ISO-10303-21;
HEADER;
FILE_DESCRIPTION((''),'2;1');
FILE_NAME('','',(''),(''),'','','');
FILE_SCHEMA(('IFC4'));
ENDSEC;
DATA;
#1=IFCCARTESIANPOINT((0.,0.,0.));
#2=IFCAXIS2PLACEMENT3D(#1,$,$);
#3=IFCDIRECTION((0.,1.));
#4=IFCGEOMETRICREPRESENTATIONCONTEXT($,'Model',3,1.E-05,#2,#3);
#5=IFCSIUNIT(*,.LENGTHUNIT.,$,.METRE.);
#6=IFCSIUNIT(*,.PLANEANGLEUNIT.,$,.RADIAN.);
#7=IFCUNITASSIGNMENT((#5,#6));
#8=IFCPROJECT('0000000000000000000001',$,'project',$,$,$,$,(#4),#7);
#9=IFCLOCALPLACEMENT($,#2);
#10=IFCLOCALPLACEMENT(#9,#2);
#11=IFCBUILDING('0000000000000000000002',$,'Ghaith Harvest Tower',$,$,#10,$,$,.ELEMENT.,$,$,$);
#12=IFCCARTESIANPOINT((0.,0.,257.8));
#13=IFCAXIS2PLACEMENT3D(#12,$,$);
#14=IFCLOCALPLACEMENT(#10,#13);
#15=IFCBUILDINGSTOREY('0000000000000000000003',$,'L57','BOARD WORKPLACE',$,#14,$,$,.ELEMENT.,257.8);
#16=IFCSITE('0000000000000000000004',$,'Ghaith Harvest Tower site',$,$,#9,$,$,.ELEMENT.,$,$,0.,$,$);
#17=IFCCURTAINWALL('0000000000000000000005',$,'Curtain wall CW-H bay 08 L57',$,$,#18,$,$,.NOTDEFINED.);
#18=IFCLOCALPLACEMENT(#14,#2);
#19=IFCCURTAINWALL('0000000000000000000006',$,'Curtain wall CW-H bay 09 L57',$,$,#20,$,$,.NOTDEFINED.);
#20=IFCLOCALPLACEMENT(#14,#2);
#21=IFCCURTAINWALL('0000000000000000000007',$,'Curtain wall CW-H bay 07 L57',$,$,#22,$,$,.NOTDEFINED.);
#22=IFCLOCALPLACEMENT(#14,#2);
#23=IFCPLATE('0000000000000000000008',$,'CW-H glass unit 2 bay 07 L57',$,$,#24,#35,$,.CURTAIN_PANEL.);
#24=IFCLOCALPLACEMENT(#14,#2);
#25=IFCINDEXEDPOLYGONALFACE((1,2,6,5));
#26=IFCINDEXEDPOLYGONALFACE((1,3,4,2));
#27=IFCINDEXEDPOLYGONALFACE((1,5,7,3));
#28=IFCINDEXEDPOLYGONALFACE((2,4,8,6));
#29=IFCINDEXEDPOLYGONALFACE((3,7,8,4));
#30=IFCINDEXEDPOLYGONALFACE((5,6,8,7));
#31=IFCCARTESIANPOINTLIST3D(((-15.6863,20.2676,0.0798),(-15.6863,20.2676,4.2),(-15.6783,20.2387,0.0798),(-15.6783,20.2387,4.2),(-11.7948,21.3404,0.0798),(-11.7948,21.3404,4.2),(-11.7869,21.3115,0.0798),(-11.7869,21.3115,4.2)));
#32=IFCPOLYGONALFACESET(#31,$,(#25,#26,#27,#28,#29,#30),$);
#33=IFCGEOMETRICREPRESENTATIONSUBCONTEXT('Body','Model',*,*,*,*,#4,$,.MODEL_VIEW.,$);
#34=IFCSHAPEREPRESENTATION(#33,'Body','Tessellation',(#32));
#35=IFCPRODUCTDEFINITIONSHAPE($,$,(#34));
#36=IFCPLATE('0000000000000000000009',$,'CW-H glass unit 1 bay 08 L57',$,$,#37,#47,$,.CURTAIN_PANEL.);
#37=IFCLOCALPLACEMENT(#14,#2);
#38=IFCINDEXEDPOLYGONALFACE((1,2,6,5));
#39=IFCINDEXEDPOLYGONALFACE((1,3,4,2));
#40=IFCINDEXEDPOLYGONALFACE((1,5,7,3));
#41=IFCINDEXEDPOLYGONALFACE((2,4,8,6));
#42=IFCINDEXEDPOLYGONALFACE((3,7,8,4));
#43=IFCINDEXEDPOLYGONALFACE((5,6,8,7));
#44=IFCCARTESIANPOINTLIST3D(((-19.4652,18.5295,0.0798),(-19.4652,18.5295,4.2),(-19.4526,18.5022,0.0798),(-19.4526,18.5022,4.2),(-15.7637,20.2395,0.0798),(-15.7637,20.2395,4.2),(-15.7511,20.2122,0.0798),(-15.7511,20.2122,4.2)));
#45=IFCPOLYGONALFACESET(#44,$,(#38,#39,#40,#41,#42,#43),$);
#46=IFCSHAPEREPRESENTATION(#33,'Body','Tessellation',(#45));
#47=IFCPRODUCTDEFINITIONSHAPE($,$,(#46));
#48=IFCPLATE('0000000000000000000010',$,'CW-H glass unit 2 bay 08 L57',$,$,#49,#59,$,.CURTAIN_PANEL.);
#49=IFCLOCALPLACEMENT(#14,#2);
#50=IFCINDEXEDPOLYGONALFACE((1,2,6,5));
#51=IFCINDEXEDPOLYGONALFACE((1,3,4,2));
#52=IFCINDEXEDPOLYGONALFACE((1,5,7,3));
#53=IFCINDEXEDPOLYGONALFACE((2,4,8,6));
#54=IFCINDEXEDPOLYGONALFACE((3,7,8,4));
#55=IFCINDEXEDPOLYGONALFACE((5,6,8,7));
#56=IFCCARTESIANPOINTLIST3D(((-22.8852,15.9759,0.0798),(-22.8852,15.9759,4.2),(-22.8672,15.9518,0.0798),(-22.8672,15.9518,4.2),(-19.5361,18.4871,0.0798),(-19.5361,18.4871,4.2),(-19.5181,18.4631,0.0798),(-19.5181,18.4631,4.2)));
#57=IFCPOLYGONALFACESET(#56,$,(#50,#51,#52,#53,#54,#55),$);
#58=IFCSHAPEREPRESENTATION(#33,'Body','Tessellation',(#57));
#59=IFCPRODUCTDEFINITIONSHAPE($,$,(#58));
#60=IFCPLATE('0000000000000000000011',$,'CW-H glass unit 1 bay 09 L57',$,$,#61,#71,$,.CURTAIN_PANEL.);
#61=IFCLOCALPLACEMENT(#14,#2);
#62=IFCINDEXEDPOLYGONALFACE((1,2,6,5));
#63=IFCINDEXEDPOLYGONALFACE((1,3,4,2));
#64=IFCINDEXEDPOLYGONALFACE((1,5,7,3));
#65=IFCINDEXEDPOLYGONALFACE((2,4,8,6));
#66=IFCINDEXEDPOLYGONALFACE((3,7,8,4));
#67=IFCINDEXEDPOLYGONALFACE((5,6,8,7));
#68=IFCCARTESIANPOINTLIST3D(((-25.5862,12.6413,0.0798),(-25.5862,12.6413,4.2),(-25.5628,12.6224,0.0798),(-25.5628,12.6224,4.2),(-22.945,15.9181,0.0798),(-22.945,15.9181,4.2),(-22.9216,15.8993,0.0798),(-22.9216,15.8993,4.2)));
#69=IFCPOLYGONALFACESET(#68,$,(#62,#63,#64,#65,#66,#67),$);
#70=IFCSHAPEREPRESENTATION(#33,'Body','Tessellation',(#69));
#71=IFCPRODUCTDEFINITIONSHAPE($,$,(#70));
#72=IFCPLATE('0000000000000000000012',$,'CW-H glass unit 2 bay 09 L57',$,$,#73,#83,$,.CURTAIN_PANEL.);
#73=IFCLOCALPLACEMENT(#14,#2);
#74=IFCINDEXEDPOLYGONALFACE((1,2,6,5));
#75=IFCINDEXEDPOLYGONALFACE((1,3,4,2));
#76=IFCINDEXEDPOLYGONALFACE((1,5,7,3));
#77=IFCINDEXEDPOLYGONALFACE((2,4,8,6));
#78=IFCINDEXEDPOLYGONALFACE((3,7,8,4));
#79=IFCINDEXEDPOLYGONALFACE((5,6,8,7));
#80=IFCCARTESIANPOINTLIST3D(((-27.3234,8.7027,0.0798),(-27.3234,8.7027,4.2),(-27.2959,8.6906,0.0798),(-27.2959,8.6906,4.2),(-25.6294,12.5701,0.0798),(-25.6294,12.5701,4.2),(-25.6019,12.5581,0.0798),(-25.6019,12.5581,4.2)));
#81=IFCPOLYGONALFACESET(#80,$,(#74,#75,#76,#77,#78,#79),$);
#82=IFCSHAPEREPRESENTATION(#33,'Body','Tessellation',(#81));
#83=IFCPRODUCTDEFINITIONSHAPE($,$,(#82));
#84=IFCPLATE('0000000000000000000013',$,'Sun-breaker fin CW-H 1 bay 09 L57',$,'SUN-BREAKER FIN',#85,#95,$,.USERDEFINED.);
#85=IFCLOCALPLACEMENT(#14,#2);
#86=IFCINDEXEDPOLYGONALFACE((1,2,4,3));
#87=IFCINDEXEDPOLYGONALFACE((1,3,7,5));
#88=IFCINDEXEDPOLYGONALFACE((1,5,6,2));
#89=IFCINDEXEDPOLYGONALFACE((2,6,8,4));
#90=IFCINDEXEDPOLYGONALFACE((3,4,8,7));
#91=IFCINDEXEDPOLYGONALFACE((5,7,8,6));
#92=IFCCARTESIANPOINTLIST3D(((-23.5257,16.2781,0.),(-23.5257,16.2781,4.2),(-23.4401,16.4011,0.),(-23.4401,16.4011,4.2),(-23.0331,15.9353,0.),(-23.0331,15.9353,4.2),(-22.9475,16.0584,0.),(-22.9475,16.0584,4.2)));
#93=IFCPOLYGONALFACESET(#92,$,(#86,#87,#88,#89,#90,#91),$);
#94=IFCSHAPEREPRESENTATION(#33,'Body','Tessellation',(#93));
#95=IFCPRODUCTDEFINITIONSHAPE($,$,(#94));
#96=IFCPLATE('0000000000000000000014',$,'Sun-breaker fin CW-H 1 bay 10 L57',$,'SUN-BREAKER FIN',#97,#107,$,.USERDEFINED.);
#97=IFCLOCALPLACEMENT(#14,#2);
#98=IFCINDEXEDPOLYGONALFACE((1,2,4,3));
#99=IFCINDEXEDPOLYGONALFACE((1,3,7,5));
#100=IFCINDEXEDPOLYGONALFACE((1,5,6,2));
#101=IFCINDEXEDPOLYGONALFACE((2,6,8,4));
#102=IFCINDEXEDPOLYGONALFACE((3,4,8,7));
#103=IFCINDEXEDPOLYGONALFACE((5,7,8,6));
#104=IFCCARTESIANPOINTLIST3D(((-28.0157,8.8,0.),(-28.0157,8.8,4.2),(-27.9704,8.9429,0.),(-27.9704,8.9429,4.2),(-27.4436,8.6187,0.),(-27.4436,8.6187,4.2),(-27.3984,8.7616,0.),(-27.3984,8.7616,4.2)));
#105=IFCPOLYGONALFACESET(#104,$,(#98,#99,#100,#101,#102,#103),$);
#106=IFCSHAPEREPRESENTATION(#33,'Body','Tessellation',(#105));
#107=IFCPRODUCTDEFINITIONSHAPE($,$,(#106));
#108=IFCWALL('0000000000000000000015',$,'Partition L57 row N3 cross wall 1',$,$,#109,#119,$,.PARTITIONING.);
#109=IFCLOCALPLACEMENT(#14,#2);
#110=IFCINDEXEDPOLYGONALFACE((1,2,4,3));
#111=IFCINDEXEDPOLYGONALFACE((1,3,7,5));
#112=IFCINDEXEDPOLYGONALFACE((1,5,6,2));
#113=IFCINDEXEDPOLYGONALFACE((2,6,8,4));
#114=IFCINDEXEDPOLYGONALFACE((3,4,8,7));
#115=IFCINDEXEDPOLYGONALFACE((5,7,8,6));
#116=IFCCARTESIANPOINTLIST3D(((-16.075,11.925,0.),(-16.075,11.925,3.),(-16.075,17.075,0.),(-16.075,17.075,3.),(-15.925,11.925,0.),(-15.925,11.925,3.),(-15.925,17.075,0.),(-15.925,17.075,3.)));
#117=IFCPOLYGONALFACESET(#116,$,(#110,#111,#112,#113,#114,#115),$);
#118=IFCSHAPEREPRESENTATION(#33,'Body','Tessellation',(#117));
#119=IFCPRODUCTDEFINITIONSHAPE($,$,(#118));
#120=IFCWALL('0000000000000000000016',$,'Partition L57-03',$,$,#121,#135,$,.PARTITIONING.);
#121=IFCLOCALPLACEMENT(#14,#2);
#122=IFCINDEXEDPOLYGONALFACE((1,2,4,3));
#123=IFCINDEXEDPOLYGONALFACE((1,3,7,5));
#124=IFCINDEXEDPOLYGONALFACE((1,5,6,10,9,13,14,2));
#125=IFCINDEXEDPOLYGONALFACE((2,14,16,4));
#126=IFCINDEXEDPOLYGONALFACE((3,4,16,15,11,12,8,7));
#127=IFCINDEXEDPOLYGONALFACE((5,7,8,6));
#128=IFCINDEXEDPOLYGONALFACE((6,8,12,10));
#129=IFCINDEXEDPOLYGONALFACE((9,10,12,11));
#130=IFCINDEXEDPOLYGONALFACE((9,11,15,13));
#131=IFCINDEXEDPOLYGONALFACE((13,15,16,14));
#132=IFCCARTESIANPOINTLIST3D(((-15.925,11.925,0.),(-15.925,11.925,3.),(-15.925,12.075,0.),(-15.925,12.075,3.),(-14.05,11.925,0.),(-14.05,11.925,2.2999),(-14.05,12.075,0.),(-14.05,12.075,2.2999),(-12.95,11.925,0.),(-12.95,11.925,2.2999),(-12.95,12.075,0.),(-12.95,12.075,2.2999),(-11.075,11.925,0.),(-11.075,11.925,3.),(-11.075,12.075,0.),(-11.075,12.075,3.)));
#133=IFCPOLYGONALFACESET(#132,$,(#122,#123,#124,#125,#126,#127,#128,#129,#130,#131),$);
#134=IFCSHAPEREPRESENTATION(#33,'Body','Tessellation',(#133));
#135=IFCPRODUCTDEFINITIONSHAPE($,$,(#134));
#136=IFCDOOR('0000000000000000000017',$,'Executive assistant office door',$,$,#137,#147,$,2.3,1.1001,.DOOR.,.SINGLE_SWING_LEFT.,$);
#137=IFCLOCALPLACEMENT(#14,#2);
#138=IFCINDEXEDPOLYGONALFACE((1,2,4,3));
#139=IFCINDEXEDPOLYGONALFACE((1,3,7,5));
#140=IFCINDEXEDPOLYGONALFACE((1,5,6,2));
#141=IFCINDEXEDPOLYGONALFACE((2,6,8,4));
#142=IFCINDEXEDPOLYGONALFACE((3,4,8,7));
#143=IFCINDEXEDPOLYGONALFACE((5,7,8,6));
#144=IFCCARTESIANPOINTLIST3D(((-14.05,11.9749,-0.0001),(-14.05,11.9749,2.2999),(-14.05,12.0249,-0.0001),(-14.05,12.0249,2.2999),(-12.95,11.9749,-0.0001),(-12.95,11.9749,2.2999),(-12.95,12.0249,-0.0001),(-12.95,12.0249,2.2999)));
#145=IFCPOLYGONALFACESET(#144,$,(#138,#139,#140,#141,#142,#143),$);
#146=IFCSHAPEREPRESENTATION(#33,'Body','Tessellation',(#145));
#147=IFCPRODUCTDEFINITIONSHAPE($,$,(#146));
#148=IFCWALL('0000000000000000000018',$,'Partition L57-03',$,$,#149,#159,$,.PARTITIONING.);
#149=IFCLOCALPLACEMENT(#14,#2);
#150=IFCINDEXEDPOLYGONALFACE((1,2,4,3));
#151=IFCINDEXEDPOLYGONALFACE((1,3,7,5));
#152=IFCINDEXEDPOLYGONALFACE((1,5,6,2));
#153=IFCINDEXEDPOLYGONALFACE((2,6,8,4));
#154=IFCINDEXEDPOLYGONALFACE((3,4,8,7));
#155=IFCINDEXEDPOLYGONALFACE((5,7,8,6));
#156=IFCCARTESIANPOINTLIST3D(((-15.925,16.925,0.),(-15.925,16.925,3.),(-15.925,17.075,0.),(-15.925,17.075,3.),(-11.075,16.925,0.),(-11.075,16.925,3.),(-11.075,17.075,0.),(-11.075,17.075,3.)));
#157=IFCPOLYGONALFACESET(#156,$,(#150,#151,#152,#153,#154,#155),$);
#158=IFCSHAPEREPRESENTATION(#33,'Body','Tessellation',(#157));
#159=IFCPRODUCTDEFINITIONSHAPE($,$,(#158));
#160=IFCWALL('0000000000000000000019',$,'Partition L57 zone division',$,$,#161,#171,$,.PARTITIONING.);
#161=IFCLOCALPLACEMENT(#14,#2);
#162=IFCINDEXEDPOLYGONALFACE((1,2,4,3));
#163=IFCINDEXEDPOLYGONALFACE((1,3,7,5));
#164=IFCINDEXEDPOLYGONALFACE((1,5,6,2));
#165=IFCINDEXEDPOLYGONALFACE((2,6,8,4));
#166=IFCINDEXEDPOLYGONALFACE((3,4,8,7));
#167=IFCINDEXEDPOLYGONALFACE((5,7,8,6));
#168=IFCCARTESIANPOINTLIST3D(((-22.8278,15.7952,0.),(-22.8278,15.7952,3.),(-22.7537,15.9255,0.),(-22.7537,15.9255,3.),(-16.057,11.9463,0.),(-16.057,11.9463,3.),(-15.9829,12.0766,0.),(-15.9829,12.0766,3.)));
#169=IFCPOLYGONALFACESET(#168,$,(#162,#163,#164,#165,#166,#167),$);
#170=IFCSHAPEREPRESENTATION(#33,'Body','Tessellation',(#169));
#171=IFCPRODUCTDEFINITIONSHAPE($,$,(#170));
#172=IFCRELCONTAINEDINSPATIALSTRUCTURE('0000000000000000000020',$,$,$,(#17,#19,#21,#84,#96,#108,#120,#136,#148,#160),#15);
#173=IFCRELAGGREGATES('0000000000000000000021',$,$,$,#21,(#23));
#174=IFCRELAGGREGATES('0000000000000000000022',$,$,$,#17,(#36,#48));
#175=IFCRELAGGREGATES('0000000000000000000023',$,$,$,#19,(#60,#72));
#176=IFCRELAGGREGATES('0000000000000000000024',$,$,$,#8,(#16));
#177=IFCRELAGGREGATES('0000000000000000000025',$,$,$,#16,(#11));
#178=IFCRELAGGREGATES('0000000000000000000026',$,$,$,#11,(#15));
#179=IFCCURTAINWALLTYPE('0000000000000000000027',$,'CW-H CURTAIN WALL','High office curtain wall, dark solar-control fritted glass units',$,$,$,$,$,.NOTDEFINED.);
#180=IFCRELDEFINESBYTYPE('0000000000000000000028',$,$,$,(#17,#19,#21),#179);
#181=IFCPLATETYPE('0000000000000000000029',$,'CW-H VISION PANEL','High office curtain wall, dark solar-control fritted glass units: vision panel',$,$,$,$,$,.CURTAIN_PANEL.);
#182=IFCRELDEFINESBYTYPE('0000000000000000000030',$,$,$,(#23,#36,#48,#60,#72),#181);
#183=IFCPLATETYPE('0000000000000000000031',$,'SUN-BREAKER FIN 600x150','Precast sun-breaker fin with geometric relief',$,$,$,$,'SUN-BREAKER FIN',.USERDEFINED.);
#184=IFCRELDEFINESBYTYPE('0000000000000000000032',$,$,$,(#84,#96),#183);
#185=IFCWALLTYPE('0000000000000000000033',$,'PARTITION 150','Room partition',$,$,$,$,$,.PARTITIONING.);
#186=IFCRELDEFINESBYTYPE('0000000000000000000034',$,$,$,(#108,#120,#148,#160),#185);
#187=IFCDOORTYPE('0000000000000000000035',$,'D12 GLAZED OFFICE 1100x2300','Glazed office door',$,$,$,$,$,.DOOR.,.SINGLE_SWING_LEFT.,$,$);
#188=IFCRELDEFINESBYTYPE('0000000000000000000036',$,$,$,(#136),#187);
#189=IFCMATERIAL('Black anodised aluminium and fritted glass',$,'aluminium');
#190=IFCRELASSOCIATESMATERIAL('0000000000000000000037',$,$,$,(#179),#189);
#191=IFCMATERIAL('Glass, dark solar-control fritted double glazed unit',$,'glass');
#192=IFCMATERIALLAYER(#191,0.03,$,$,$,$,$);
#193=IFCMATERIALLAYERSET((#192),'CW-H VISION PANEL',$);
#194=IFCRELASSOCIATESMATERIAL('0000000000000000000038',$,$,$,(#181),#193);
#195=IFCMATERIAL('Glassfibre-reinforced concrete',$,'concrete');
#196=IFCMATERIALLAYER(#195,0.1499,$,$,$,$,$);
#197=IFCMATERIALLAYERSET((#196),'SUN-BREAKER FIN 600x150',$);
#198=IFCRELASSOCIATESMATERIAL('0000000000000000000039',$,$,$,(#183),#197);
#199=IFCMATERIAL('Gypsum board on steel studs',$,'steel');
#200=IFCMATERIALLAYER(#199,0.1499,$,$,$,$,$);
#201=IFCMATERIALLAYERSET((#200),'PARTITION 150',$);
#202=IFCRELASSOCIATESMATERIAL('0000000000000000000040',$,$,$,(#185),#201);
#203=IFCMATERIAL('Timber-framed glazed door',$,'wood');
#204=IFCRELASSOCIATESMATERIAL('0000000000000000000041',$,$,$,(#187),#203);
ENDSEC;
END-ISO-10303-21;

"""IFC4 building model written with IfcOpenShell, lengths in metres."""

from ifc_helpers import new_model, si_unit, direction, frame, frame_2d, origin, origin_2d, place, context, subcontext, project, spatial, rectangle, extrude, material, layer, layer_set, type_object, element, fill, aggregate, save


model = new_model("IFC4")

# Units and contexts
model_context = context("Model", 3, precision=1e-05, world=origin(), true_north=direction((0.0, 1.0)))
body_context = subcontext(model_context, "Body", "Model", "MODEL_VIEW")
ifc_project = project(units=[si_unit("LENGTHUNIT", "METRE"), si_unit("PLANEANGLEUNIT", "RADIAN")], contexts=[model_context])

# Site, building, storey
site_placement = place(None, origin())
site = spatial("IfcSite", under=ifc_project, at=site_placement, Name="Ghaith Harvest Tower site", CompositionType="ELEMENT", RefElevation=0.0)
building_placement = place(site_placement, origin())
building = spatial("IfcBuilding", under=site, at=building_placement, Name="Ghaith Harvest Tower", CompositionType="ELEMENT")
storey_placement = place(building_placement, frame((0.0, 0.0, 257.8)))
storey = spatial("IfcBuildingStorey", under=building, at=storey_placement, Name="L57", Description="BOARD WORKPLACE", CompositionType="ELEMENT", Elevation=257.8)

# Curtain walls
ifc_material_1 = material(Name="Black anodised aluminium and fritted glass", Category="aluminium")
curtain_wall_type = type_object("IfcCurtainWallType", Name="CW-H CURTAIN WALL", Description="High office curtain wall, dark solar-control fritted glass units", PredefinedType="NOTDEFINED", material=ifc_material_1)
curtain_wall_1_placement = place(storey_placement, origin())
curtain_wall_1 = element("IfcCurtainWall", 1, at=curtain_wall_1_placement, inside=storey, type_object=curtain_wall_type, Name="Curtain wall CW-H bay 08 L57", PredefinedType="NOTDEFINED")
curtain_wall_2_placement = place(storey_placement, origin())
curtain_wall_2 = element("IfcCurtainWall", 2, at=curtain_wall_2_placement, inside=storey, type_object=curtain_wall_type, Name="Curtain wall CW-H bay 09 L57", PredefinedType="NOTDEFINED")

# Curtain wall, plate
curtain_wall_3_placement = place(storey_placement, origin())
curtain_wall_3 = element("IfcCurtainWall", 3, at=curtain_wall_3_placement, inside=storey, type_object=curtain_wall_type, Name="Curtain wall CW-H bay 07 L57", PredefinedType="NOTDEFINED")
ifc_material_2 = material(Name="Glass, dark solar-control fritted double glazed unit", Category="glass")
ifc_layer_1 = layer(ifc_material_2, 0.03)
ifc_layer_set_1 = layer_set([ifc_layer_1], Name="CW-H VISION PANEL")
plate_type_1 = type_object("IfcPlateType", Name="CW-H VISION PANEL", Description="High office curtain wall, dark solar-control fritted glass units: vision panel", PredefinedType="CURTAIN_PANEL", material=ifc_layer_set_1)
plate_1_placement = place(storey_placement, frame((-13.7366, 20.7896, 0.0798), z_axis=(0.0, 0.0, 1.0), x_axis=(-0.964034, -0.265779, 0.0)))
plate_1 = element("IfcPlate", 4, at=plate_1_placement, type_object=plate_type_1, Name="CW-H glass unit 2 bay 07 L57", PredefinedType="CURTAIN_PANEL", context=body_context, shape_type="SweptSolid", body=[
    extrude(rectangle(XDim=4.0366, YDim=0.03, at=origin_2d()), origin(), (0.0, 0.0, 1.0), 4.1201),
])
aggregate(curtain_wall_3, [plate_1])

# Plates
plate_2_placement = place(storey_placement, frame((-17.6082, 19.3708, 0.0798), z_axis=(0.0, 0.0, 1.0), x_axis=(-0.907814, -0.419372, 0.0)))
plate_2 = element("IfcPlate", 5, at=plate_2_placement, type_object=plate_type_1, Name="CW-H glass unit 1 bay 08 L57", PredefinedType="CURTAIN_PANEL", context=body_context, shape_type="SweptSolid", body=[
    extrude(rectangle(XDim=4.0774, YDim=0.03, at=origin_2d()), origin(), (0.0, 0.0, 1.0), 4.1201),
])
plate_3_placement = place(storey_placement, frame((-21.2017, 17.2195, 0.0798), z_axis=(0.0, 0.0, 1.0), x_axis=(-0.800067, -0.599911, 0.0)))
plate_3 = element("IfcPlate", 6, at=plate_3_placement, type_object=plate_type_1, Name="CW-H glass unit 2 bay 08 L57", PredefinedType="CURTAIN_PANEL", context=body_context, shape_type="SweptSolid", body=[
    extrude(rectangle(XDim=4.186, YDim=0.03, at=origin_2d()), origin(), (0.0, 0.0, 1.0), 4.1201),
])
aggregate(curtain_wall_1, [plate_2, plate_3])
plate_4_placement = place(storey_placement, frame((-24.2539, 14.2703, 0.0798), z_axis=(0.0, 0.0, 1.0), x_axis=(-0.627548, -0.778578, 0.0)))
plate_4 = element("IfcPlate", 7, at=plate_4_placement, type_object=plate_type_1, Name="CW-H glass unit 1 bay 09 L57", PredefinedType="CURTAIN_PANEL", context=body_context, shape_type="SweptSolid", body=[
    extrude(rectangle(XDim=4.2087, YDim=0.03, at=origin_2d()), origin(), (0.0, 0.0, 1.0), 4.1201),
])
plate_5_placement = place(storey_placement, frame((-26.4626, 10.6304, 0.0798), z_axis=(0.0, 0.0, 1.0), x_axis=(-0.401213, -0.915985, 0.0)))
plate_5 = element("IfcPlate", 8, at=plate_5_placement, type_object=plate_type_1, Name="CW-H glass unit 2 bay 09 L57", PredefinedType="CURTAIN_PANEL", context=body_context, shape_type="SweptSolid", body=[
    extrude(rectangle(XDim=4.2222, YDim=0.03, at=origin_2d()), origin(), (0.0, 0.0, 1.0), 4.1201),
])
aggregate(curtain_wall_2, [plate_4, plate_5])

# Plates
ifc_material_3 = material(Name="Glassfibre-reinforced concrete", Category="concrete")
ifc_layer_2 = layer(ifc_material_3, 0.1499)
ifc_layer_set_2 = layer_set([ifc_layer_2], Name="SUN-BREAKER FIN 600x150")
plate_type_2 = type_object("IfcPlateType", Name="SUN-BREAKER FIN 600x150", Description="Precast sun-breaker fin with geometric relief", ElementType="SUN-BREAKER FIN", PredefinedType="USERDEFINED", material=ifc_layer_set_2)
for number, where, z_axis, x_axis, name in (
    (9, (-23.2366, 16.1682, 0.0), (0.0, 0.0, 1.0), (-0.820845, 0.57115, 0.0), "Sun-breaker fin CW-H 1 bay 09 L57"),
    (10, (-27.707, 8.7808, 0.0), (0.0, 0.0, 1.0), (-0.953273, 0.30211, 0.0), "Sun-breaker fin CW-H 1 bay 10 L57"),
):
    element("IfcPlate", number, at=place(storey_placement, frame(where, z_axis=z_axis, x_axis=x_axis)), inside=storey, type_object=plate_type_2, Name=name, ObjectType="SUN-BREAKER FIN", PredefinedType="USERDEFINED", context=body_context, shape_type="SweptSolid", body=[
        extrude(rectangle(XDim=0.6001, YDim=0.1499, at=origin_2d()), origin(), (0.0, 0.0, 1.0), 4.2),
    ])

# Wall
ifc_material_4 = material(Name="Gypsum board on steel studs", Category="steel")
ifc_layer_3 = layer(ifc_material_4, 0.1499)
ifc_layer_set_3 = layer_set([ifc_layer_3], Name="PARTITION 150")
wall_type_1 = type_object("IfcWallType", Name="PARTITION 150", Description="Room partition", PredefinedType="PARTITIONING", material=ifc_layer_set_3)
wall_1_placement = place(storey_placement, frame((-16.0, 11.925, 0.0), z_axis=(0.0, 0.0, 1.0), x_axis=(0.0, 1.0, 0.0)))
element("IfcWall", 11, at=wall_1_placement, inside=storey, type_object=wall_type_1, Name="Partition L57 row N3 cross wall 1", PredefinedType="PARTITIONING", context=body_context, shape_type="SweptSolid", body=[
    extrude(rectangle(XDim=5.1499, YDim=0.1499, at=frame_2d((2.575, 0.0))), origin(), (0.0, 0.0, 1.0), 3.0),
])

# Wall, opening, door
wall_2_placement = place(storey_placement, frame((-15.925, 12.0, 0.0), z_axis=(0.0, 0.0, 1.0), x_axis=(1.0, 0.0, 0.0)))
wall_2 = element("IfcWall", 12, at=wall_2_placement, inside=storey, type_object=wall_type_1, Name="Partition L57-03", PredefinedType="PARTITIONING", context=body_context, shape_type="SweptSolid", body=[
    extrude(rectangle(XDim=4.8501, YDim=0.1499, at=frame_2d((2.425, 0.0))), origin(), (0.0, 0.0, 1.0), 3.0),
])
opening_1_placement = place(wall_2_placement, frame((1.875, 0.0, 0.0)))
opening_1 = element("IfcOpeningElement", 13, at=opening_1_placement, cuts=wall_2, PredefinedType="OPENING", context=body_context, shape_type="SweptSolid", body=[
    extrude(rectangle(XDim=1.1001, YDim=2.3, at=frame_2d((0.55, 1.1499))), frame((0.0, 0.085, 0.0), z_axis=(0.0, -1.0, 0.0), x_axis=(1.0, 0.0, 0.0)), (0.0, 0.0, 1.0), 0.1699),
])
ifc_material_5 = material(Name="Timber-framed glazed door", Category="wood")
door_type_1 = type_object("IfcDoorType", Name="D12 GLAZED OFFICE 1100x2300", Description="Glazed office door", OperationType="SINGLE_SWING_LEFT", PredefinedType="DOOR", material=ifc_material_5)
door_1_placement = place(opening_1_placement, origin())
door_1 = element("IfcDoor", 14, at=door_1_placement, inside=storey, type_object=door_type_1, Name="Executive assistant office door", OperationType="SINGLE_SWING_LEFT", OverallHeight=2.3, OverallWidth=1.1001, PredefinedType="DOOR", context=body_context, shape_type="SweptSolid", body=[
    extrude(rectangle(XDim=1.1001, YDim=2.3, at=frame_2d((0.55, 1.1499))), frame((0.0, 0.0249, 0.0), z_axis=(0.0, -1.0, 0.0), x_axis=(1.0, 0.0, 0.0)), (0.0, 0.0, 1.0), 0.05),
])
fill(opening_1, door_1)

# Walls
wall_3_placement = place(storey_placement, frame((-15.925, 17.0, 0.0), z_axis=(0.0, 0.0, 1.0), x_axis=(1.0, 0.0, 0.0)))
element("IfcWall", 15, at=wall_3_placement, inside=storey, type_object=wall_type_1, Name="Partition L57-03", PredefinedType="PARTITIONING", context=body_context, shape_type="SweptSolid", body=[
    extrude(rectangle(XDim=4.8501, YDim=0.1499, at=frame_2d((2.425, 0.0))), origin(), (0.0, 0.0, 1.0), 3.0),
])
wall_4_placement = place(storey_placement, frame((-16.02, 12.0115, 0.0), z_axis=(0.0, 0.0, 1.0), x_axis=(-0.869354, 0.49419, 0.0)))
element("IfcWall", 16, at=wall_4_placement, inside=storey, type_object=wall_type_1, Name="Partition L57 zone division", PredefinedType="PARTITIONING", context=body_context, shape_type="SweptSolid", body=[
    extrude(rectangle(XDim=7.7883, YDim=0.1499, at=frame_2d((3.894, 0.0))), origin(), (0.0, 0.0, 1.0), 3.0),
])

save(model, "model.ifc")
